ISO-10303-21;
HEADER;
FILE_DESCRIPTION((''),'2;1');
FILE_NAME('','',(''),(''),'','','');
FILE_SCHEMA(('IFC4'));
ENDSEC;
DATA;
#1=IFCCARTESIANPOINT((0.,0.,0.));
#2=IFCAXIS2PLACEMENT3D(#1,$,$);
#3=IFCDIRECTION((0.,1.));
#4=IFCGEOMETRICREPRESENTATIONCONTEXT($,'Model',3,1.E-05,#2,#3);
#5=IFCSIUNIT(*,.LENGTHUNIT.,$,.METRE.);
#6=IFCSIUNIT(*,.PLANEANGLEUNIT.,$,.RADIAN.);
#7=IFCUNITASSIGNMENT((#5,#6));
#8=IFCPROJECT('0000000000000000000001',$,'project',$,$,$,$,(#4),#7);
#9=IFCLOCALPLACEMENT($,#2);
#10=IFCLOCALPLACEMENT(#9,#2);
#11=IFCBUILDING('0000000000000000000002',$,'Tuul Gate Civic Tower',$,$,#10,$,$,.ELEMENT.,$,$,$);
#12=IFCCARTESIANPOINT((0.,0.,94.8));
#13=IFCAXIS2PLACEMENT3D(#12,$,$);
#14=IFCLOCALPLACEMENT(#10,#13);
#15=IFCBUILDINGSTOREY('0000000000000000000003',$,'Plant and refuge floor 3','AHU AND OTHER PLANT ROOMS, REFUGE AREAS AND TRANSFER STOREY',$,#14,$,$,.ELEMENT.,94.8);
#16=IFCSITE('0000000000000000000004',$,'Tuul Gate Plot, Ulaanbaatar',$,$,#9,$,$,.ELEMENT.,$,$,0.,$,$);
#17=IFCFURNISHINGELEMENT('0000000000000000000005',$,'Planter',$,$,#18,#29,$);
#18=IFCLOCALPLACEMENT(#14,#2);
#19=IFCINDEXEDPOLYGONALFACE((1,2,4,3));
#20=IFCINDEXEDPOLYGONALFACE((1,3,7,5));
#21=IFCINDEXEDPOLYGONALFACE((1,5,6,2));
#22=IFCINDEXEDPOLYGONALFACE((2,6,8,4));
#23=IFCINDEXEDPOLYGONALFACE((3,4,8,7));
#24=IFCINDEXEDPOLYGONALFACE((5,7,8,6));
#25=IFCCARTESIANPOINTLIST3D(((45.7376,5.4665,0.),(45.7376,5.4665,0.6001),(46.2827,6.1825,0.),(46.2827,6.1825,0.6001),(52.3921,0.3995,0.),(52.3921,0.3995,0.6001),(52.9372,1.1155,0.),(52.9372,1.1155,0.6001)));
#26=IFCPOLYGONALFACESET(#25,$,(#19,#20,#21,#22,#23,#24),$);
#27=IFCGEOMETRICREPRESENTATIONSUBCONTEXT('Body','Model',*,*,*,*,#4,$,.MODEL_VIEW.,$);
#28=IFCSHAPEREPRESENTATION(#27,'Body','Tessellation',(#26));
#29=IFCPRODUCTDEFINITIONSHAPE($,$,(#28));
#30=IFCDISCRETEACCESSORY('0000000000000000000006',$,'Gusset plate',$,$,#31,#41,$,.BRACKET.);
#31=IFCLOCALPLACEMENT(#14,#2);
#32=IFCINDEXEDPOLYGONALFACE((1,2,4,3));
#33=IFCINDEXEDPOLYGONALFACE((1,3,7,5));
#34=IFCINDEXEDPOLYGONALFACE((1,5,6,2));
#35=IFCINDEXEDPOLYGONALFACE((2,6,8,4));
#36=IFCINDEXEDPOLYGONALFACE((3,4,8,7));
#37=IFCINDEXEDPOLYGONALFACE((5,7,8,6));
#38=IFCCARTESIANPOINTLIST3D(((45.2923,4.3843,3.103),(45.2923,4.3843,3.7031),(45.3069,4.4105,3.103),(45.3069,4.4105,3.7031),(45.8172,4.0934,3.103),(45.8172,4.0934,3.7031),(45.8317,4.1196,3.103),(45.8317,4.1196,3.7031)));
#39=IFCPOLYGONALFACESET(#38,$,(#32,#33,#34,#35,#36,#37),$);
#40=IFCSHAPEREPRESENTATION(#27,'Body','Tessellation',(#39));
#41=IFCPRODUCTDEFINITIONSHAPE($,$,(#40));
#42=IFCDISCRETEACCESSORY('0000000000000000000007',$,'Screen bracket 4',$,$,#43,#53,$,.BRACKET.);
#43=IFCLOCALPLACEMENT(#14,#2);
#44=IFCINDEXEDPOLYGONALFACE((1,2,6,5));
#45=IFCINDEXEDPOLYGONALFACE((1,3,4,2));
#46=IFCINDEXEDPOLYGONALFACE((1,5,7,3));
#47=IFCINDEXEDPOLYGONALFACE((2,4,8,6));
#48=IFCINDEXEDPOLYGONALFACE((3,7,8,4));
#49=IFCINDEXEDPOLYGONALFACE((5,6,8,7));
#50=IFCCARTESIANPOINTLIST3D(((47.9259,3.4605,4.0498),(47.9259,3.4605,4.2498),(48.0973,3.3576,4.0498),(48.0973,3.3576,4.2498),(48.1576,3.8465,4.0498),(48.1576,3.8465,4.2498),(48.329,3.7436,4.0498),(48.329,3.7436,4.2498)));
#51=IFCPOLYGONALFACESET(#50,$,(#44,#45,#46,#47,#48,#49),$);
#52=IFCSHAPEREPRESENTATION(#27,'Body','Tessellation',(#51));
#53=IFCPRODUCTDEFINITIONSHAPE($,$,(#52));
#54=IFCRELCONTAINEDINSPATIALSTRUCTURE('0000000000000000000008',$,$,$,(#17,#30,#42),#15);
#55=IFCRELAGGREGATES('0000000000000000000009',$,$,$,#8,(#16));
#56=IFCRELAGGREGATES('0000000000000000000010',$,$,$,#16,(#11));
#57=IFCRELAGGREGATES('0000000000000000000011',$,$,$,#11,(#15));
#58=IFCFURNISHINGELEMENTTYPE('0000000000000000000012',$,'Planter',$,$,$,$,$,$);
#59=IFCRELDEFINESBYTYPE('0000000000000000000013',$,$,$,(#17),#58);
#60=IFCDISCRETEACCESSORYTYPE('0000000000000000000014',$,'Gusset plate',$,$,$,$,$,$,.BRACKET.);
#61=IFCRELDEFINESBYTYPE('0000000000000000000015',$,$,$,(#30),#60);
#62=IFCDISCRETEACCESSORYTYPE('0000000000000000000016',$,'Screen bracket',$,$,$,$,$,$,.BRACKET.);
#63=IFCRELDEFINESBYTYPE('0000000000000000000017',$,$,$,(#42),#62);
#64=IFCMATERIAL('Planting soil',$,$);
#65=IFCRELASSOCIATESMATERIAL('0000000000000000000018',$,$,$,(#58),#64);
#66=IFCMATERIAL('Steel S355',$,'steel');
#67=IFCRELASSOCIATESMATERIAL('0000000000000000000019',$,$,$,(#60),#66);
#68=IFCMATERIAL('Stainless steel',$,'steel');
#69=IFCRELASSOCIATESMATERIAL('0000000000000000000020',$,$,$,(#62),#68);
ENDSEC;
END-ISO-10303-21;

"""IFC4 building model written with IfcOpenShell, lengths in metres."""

from ifc_helpers import new_model, si_unit, direction, frame, origin, origin_2d, place, context, subcontext, project, spatial, rectangle, extrude, material, type_object, element, save


model = new_model("IFC4")

# Units and contexts
model_context = context("Model", 3, precision=1e-05, world=origin(), true_north=direction((0.0, 1.0)))
body_context = subcontext(model_context, "Body", "Model", "MODEL_VIEW")
ifc_project = project(units=[si_unit("LENGTHUNIT", "METRE"), si_unit("PLANEANGLEUNIT", "RADIAN")], contexts=[model_context])

# Site, building, storey
site_placement = place(None, origin())
site = spatial("IfcSite", under=ifc_project, at=site_placement, Name="Tuul Gate Plot, Ulaanbaatar", CompositionType="ELEMENT", RefElevation=0.0)
building_placement = place(site_placement, origin())
building = spatial("IfcBuilding", under=site, at=building_placement, Name="Tuul Gate Civic Tower", CompositionType="ELEMENT")
storey_placement = place(building_placement, frame((0.0, 0.0, 94.8)))
storey = spatial("IfcBuildingStorey", under=building, at=storey_placement, Name="Plant and refuge floor 3", Description="AHU AND OTHER PLANT ROOMS, REFUGE AREAS AND TRANSFER STOREY", CompositionType="ELEMENT", Elevation=94.8)

# Furnishing element
ifc_material_1 = material(Name="Planting soil")
furnishing_element_type = type_object("IfcFurnishingElementType", Name="Planter", material=ifc_material_1)
furnishing_placement = place(storey_placement, frame((49.3374, 3.291, 0.0), z_axis=(0.0, 0.0, 1.0), x_axis=(-0.795609, 0.605811, 0.0)))
element("IfcFurnishingElement", 1, at=furnishing_placement, inside=storey, type_object=furnishing_element_type, Name="Planter", context=body_context, shape_type="SweptSolid", body=[
    extrude(rectangle(XDim=8.364, YDim=0.8999, at=origin_2d()), origin(), (0.0, 0.0, 1.0), 0.6001),
])

# Discrete accessories
ifc_material_2 = material(Name="Steel S355", Category="steel")
discrete_accessory_type_1 = type_object("IfcDiscreteAccessoryType", Name="Gusset plate", PredefinedType="BRACKET", material=ifc_material_2)
discrete_accessory_1_placement = place(storey_placement, frame((45.562, 4.252, 3.103), z_axis=(0.0, 0.0, 1.0), x_axis=(0.874625, -0.4848, 0.0)))
element("IfcDiscreteAccessory", 2, at=discrete_accessory_1_placement, inside=storey, type_object=discrete_accessory_type_1, Name="Gusset plate", PredefinedType="BRACKET", context=body_context, shape_type="SweptSolid", body=[
    extrude(rectangle(XDim=0.6001, YDim=0.03, at=origin_2d()), origin(), (0.0, 0.0, 1.0), 0.6001),
])
ifc_material_3 = material(Name="Stainless steel", Category="steel")
discrete_accessory_type_2 = type_object("IfcDiscreteAccessoryType", Name="Screen bracket", PredefinedType="BRACKET", material=ifc_material_3)
discrete_accessory_2_placement = place(storey_placement, frame((48.1274, 3.6021, 4.0498), z_axis=(0.0, 0.0, 1.0), x_axis=(0.514589, 0.857437, 0.0)))
element("IfcDiscreteAccessory", 3, at=discrete_accessory_2_placement, inside=storey, type_object=discrete_accessory_type_2, Name="Screen bracket 4", PredefinedType="BRACKET", context=body_context, shape_type="SweptSolid", body=[
    extrude(rectangle(XDim=0.4502, YDim=0.2, at=origin_2d()), origin(), (0.0, 0.0, 1.0), 0.2),
])

save(model, "model.ifc")
